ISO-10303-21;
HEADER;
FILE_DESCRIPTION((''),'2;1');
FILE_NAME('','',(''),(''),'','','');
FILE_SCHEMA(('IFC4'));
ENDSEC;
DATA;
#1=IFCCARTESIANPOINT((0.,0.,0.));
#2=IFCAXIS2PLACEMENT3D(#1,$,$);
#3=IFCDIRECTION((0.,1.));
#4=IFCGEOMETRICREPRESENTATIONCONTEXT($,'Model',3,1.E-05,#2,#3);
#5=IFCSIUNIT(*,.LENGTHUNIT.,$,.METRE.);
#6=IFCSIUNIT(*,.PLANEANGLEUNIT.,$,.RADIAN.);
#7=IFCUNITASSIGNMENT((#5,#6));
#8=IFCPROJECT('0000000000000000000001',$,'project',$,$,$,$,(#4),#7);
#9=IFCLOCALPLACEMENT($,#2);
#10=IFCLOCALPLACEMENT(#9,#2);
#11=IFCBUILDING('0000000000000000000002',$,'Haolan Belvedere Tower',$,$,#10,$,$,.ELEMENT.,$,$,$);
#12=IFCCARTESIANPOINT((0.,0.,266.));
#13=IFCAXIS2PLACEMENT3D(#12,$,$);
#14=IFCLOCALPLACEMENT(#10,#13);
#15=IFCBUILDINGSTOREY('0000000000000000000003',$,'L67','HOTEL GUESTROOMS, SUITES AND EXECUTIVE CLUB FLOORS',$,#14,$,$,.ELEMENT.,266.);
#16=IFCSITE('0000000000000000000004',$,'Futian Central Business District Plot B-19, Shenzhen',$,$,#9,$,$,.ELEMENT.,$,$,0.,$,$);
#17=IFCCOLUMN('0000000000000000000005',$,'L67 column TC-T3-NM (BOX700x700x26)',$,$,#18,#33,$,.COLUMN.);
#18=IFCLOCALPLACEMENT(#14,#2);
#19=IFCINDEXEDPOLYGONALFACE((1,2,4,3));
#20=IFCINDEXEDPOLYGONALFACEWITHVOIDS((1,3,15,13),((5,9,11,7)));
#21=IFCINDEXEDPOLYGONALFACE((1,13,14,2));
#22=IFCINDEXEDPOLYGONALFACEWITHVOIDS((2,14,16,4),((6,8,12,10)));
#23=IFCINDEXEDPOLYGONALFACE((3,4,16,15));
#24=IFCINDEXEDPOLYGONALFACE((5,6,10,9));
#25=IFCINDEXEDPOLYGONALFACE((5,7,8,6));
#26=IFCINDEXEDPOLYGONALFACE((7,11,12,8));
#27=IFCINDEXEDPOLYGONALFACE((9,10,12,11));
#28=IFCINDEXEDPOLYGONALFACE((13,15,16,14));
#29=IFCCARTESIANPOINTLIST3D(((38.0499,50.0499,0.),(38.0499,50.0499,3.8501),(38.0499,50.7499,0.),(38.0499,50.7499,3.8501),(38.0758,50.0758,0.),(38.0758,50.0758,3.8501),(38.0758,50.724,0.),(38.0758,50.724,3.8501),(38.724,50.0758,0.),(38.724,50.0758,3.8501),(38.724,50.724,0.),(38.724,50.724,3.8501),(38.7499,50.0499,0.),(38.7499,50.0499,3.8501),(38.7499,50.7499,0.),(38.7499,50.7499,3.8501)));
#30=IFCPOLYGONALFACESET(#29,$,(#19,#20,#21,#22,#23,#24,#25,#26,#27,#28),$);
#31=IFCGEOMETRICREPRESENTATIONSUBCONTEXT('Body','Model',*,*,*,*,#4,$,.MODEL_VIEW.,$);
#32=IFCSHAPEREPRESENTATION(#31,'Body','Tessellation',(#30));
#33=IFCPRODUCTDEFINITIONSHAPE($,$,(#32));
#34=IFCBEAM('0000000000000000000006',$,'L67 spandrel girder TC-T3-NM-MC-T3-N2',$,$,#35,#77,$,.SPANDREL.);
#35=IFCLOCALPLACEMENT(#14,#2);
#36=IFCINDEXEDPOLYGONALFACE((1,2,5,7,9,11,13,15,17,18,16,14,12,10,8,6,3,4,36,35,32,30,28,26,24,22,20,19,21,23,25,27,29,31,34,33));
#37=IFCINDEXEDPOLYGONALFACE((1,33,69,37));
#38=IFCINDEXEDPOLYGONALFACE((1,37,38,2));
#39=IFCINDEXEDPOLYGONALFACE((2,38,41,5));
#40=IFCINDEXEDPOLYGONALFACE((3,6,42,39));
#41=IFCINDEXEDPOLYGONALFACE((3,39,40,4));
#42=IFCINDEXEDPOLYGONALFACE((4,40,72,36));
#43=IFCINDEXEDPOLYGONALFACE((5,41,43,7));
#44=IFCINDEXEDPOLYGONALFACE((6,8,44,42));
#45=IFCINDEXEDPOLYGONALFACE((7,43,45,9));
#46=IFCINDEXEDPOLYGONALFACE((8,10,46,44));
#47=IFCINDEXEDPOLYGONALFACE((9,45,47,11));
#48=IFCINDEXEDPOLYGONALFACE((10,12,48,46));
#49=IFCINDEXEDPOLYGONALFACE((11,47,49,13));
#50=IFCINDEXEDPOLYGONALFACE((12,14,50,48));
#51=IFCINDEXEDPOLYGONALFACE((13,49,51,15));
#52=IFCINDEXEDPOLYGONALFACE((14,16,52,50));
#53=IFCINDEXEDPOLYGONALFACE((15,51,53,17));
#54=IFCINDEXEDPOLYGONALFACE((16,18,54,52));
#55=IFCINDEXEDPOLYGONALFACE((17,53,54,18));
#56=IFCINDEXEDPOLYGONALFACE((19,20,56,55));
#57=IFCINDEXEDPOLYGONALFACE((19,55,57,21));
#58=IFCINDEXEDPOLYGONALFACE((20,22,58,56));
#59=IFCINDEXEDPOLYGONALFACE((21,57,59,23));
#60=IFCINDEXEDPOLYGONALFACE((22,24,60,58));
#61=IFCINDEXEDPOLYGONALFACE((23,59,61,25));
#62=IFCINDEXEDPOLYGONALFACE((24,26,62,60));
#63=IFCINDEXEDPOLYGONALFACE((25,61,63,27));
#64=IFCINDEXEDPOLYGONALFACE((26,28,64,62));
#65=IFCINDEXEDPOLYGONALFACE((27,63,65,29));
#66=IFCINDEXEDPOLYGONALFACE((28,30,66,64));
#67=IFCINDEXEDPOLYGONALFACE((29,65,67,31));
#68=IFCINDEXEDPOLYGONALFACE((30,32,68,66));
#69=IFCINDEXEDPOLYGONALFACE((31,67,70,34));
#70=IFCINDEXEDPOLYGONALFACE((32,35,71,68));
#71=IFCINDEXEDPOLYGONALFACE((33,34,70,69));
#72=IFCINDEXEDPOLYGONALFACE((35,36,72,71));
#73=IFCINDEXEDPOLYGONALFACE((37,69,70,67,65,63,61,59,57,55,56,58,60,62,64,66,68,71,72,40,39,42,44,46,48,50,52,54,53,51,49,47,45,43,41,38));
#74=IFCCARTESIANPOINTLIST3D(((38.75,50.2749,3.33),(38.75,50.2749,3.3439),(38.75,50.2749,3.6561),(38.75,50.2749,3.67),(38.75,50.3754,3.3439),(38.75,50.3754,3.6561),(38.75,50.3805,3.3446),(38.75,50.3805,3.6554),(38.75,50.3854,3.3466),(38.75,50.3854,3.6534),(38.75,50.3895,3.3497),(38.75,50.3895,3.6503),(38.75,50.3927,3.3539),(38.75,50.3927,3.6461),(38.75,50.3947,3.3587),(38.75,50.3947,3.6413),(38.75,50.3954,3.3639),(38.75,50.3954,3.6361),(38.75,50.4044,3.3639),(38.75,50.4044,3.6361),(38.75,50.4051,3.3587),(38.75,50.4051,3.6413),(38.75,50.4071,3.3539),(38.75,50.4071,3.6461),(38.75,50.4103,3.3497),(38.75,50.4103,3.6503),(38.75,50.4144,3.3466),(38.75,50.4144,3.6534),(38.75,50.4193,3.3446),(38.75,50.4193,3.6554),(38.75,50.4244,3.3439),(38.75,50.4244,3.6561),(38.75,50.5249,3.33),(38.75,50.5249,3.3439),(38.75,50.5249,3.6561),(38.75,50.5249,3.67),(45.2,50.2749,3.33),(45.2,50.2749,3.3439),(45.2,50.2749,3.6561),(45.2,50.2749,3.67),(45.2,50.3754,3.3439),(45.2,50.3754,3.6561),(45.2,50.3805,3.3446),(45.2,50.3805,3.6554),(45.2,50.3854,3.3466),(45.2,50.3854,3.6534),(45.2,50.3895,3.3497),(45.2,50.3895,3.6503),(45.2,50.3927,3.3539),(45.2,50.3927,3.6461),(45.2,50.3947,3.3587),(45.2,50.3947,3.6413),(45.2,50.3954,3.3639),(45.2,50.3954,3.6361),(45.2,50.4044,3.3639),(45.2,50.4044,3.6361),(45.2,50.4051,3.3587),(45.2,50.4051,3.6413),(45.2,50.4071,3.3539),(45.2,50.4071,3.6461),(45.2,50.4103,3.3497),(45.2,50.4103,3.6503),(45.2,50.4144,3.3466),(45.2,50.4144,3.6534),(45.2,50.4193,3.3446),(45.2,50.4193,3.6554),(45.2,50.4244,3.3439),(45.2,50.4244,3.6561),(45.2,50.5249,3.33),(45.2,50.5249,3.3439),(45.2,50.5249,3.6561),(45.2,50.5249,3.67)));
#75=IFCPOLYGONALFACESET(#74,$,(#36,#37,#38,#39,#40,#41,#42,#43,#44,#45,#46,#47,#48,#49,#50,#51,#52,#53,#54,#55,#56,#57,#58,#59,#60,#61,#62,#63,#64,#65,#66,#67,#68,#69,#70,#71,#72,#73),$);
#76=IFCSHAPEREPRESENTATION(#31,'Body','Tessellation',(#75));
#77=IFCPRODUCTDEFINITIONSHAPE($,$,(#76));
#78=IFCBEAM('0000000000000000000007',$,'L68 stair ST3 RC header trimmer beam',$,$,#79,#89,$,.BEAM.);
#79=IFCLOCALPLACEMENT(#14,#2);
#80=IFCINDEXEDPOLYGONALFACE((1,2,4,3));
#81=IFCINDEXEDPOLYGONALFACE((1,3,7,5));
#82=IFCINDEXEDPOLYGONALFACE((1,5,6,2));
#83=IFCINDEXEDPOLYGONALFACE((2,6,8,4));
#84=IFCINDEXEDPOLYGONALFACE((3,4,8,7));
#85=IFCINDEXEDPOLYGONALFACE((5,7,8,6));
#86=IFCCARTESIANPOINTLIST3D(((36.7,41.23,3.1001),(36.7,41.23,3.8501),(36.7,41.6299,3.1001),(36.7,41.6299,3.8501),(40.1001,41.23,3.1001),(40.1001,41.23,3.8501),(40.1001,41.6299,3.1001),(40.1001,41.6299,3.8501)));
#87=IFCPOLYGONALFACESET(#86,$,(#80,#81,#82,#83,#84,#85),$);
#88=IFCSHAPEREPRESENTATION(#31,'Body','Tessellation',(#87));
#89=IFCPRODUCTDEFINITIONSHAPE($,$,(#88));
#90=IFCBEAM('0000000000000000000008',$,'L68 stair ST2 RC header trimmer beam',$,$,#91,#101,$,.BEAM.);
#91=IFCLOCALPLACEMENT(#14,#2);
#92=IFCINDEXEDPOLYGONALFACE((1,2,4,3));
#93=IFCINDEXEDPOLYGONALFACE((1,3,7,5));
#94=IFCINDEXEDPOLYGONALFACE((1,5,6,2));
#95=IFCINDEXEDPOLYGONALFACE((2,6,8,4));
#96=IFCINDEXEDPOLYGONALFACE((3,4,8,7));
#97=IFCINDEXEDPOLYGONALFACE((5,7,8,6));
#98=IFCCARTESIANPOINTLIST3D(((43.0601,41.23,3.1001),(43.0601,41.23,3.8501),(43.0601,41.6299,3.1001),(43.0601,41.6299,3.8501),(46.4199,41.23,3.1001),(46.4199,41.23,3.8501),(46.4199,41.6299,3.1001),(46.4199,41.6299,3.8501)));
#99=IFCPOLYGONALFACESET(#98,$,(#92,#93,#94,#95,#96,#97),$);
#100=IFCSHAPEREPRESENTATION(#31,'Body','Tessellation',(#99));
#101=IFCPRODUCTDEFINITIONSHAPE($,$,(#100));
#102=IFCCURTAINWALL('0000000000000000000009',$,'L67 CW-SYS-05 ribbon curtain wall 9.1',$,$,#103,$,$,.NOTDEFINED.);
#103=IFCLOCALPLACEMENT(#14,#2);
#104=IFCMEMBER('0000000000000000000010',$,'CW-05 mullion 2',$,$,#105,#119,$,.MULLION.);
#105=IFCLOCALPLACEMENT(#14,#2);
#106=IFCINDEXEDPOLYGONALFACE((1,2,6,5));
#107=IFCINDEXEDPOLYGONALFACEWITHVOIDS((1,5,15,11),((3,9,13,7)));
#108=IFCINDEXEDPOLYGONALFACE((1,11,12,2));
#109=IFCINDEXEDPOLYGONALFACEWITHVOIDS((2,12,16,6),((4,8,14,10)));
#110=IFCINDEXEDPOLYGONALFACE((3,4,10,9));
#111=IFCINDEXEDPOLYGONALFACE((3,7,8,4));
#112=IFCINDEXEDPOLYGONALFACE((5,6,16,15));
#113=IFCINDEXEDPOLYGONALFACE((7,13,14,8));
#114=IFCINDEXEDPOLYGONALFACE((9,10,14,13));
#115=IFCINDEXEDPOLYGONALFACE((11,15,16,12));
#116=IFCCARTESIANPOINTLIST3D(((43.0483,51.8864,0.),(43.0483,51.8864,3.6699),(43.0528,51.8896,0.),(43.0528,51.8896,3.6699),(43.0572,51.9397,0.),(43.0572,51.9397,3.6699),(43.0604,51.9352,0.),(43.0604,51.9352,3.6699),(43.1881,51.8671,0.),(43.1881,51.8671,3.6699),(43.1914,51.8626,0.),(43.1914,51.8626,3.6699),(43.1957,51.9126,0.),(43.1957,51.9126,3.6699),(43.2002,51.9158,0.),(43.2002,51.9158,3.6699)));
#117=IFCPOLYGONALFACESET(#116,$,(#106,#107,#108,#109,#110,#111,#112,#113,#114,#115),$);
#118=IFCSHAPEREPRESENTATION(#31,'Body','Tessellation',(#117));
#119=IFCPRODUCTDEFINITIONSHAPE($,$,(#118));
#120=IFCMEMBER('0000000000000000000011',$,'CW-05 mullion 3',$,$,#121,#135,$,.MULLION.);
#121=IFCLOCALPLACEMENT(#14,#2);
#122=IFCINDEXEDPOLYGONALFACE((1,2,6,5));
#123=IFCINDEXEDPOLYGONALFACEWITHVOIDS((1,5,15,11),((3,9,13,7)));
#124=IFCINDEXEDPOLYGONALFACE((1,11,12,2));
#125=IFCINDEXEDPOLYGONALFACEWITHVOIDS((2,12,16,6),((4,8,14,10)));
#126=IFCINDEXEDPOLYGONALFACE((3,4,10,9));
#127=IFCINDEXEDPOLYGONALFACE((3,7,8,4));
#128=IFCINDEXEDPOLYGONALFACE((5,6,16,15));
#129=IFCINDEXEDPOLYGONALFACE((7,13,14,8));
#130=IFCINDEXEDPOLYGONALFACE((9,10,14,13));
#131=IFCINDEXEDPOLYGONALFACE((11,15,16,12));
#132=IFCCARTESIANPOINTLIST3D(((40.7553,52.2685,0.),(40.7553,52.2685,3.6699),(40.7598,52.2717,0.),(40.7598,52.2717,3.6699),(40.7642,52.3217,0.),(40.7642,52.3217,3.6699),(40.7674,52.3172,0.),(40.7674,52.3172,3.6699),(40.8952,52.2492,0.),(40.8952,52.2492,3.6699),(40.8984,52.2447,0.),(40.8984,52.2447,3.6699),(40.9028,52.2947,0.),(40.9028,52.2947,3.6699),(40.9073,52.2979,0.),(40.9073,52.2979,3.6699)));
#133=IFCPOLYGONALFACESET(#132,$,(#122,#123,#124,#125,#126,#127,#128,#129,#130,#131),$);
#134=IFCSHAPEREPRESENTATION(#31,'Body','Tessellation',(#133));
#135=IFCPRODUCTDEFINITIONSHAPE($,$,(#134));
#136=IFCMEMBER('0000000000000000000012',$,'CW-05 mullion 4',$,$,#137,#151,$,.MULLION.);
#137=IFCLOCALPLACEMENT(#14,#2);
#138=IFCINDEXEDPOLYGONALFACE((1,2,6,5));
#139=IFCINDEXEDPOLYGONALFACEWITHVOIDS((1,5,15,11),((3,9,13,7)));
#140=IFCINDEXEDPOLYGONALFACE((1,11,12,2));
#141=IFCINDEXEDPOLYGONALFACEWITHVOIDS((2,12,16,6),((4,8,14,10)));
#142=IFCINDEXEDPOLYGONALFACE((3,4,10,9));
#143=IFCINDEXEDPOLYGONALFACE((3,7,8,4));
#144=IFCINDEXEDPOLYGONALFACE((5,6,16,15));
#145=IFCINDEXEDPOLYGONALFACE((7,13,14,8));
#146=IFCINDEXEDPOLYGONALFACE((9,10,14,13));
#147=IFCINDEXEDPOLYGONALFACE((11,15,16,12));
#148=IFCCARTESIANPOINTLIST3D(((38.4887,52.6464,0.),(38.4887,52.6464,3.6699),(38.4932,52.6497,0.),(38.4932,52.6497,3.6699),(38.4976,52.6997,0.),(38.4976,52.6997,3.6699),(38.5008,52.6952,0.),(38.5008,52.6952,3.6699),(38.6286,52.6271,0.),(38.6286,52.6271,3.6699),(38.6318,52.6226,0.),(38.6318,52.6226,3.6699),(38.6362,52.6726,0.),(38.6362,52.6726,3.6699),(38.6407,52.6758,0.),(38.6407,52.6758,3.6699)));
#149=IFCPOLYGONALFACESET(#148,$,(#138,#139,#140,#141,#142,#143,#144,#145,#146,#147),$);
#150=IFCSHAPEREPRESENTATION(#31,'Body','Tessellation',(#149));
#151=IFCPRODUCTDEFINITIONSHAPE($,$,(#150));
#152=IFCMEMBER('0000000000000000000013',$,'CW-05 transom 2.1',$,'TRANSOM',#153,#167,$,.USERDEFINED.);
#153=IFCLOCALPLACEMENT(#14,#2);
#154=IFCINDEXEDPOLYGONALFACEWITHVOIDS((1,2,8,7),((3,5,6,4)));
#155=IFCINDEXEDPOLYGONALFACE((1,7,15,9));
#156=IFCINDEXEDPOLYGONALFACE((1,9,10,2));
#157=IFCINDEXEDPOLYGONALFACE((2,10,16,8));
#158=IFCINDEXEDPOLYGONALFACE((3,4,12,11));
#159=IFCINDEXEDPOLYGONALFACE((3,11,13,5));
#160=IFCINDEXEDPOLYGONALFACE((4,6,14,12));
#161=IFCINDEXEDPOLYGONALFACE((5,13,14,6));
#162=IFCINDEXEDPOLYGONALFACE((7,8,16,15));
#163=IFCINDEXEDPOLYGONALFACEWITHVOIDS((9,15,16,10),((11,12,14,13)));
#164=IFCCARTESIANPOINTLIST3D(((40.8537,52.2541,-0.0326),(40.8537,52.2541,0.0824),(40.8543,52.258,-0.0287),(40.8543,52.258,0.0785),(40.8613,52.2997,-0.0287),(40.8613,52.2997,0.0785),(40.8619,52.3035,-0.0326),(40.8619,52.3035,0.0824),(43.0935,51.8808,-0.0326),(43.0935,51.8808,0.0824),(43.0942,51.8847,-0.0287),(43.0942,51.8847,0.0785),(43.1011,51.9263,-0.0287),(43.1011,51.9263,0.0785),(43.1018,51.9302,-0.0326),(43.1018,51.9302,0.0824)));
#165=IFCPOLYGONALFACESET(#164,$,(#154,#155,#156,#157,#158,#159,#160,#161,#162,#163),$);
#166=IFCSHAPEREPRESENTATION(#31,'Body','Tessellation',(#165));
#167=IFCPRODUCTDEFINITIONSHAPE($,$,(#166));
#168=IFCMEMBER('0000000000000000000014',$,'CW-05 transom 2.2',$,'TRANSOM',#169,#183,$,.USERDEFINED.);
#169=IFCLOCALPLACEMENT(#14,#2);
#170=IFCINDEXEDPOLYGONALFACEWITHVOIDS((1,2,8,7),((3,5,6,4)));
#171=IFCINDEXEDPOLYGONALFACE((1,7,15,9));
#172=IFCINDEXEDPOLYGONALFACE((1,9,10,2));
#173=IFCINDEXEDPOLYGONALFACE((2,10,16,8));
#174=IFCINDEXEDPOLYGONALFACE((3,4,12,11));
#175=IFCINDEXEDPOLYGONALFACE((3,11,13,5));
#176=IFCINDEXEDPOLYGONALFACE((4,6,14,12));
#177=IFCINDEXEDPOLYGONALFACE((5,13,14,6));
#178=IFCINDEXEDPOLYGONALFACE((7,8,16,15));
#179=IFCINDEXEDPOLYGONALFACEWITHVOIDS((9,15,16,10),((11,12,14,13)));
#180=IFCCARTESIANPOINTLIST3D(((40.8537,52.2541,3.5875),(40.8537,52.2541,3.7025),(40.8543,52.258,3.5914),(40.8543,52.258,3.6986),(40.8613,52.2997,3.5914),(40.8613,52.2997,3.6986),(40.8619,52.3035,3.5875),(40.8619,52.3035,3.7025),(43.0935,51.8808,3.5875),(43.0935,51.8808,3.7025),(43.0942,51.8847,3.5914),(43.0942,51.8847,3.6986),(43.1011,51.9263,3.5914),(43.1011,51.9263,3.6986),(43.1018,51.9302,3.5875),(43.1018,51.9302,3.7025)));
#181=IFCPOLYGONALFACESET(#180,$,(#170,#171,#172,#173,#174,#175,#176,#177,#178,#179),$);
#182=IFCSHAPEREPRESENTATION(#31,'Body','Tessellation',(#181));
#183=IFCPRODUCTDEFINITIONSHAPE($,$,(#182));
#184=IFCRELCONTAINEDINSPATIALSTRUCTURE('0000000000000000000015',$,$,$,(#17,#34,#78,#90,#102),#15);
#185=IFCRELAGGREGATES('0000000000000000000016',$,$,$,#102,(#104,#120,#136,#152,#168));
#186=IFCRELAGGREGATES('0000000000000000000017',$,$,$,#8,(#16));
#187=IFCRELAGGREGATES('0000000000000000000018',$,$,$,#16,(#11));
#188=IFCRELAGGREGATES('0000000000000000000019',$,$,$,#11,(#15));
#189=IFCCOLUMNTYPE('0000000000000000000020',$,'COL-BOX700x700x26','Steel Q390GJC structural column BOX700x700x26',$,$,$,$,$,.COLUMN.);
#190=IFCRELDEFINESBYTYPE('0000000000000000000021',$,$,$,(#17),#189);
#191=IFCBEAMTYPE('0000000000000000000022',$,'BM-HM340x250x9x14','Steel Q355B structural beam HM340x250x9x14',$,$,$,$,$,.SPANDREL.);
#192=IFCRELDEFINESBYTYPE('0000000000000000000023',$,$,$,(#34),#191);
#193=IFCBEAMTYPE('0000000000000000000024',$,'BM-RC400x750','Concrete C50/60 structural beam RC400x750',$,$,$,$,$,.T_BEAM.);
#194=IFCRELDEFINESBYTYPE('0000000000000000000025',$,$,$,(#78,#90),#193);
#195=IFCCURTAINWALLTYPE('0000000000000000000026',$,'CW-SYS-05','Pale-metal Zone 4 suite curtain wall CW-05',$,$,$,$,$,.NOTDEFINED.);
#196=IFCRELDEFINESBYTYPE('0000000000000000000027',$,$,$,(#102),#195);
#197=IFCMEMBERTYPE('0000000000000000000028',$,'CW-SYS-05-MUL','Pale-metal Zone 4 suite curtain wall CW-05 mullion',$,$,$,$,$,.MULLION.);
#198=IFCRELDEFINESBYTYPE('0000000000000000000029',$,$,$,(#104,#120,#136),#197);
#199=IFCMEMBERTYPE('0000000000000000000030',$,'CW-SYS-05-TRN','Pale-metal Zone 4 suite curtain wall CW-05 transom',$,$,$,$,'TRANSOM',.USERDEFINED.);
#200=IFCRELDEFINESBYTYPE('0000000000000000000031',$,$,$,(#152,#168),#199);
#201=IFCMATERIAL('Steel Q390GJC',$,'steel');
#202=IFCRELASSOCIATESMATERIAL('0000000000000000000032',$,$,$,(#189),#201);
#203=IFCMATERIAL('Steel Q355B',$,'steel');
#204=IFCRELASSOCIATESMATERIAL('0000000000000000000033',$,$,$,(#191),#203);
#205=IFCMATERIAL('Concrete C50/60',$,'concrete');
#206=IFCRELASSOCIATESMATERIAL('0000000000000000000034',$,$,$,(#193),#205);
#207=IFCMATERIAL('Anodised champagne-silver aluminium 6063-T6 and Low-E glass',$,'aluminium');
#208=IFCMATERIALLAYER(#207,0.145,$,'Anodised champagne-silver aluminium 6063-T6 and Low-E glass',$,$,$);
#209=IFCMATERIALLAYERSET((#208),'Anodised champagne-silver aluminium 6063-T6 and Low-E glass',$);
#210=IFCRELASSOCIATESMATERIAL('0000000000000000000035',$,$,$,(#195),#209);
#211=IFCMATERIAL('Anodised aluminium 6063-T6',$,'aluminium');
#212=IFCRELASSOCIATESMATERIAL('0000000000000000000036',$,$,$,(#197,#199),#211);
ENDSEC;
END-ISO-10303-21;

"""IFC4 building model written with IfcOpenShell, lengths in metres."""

from ifc_helpers import new_model, si_unit, direction, frame, origin, origin_2d, place, context, subcontext, project, spatial, rectangle, hollow_rectangle, i_section, extrude, material, layer, layer_set, material_profile, profile_set, type_object, element, aggregate, save


model = new_model("IFC4")

# Units and contexts
model_context = context("Model", 3, precision=1e-05, world=origin(), true_north=direction((0.0, 1.0)))
body_context = subcontext(model_context, "Body", "Model", "MODEL_VIEW")
ifc_project = project(units=[si_unit("LENGTHUNIT", "METRE"), si_unit("PLANEANGLEUNIT", "RADIAN")], contexts=[model_context])

# Site, building, storey
site_placement = place(None, origin())
site = spatial("IfcSite", under=ifc_project, at=site_placement, Name="Futian Central Business District Plot B-19, Shenzhen", CompositionType="ELEMENT", RefElevation=0.0)
building_placement = place(site_placement, origin())
building = spatial("IfcBuilding", under=site, at=building_placement, Name="Haolan Belvedere Tower", CompositionType="ELEMENT")
storey_placement = place(building_placement, frame((0.0, 0.0, 266.0)))
storey = spatial("IfcBuildingStorey", under=building, at=storey_placement, Name="L67", Description="HOTEL GUESTROOMS, SUITES AND EXECUTIVE CLUB FLOORS", CompositionType="ELEMENT", Elevation=266.0)

# Column
ifc_material_1 = material(Name="Steel Q390GJC", Category="steel")
ifc_material_profile_1 = material_profile(ifc_material_1, hollow_rectangle(XDim=0.7, YDim=0.7, WallThickness=0.0259, at=origin_2d()), Name="Steel Q390GJC")
ifc_profile_set_1 = profile_set([ifc_material_profile_1], Name="Steel Q390GJC")
column_type = type_object("IfcColumnType", Name="COL-BOX700x700x26", Description="Steel Q390GJC structural column BOX700x700x26", PredefinedType="COLUMN", material=ifc_profile_set_1)
column_placement = place(storey_placement, frame((38.3999, 50.3999, 0.0), z_axis=(0.0, 0.0, 1.0), x_axis=(1.0, 0.0, 0.0)))
element("IfcColumn", 1, at=column_placement, inside=storey, type_object=column_type, Name="L67 column TC-T3-NM (BOX700x700x26)", PredefinedType="COLUMN", context=body_context, shape_type="SweptSolid", body=[
    extrude(hollow_rectangle(XDim=0.7, YDim=0.7, WallThickness=0.0259, at=origin_2d()), origin(), (0.0, 0.0, 1.0), 3.8501),
])

# Beams
ifc_material_2 = material(Name="Steel Q355B", Category="steel")
ifc_material_profile_2 = material_profile(ifc_material_2, i_section(OverallWidth=0.25, OverallDepth=0.3401, WebThickness=0.009, FlangeThickness=0.0139, FilletRadius=0.02, at=origin_2d()), Name="Steel Q355B")
ifc_profile_set_2 = profile_set([ifc_material_profile_2], Name="Steel Q355B")
beam_type_1 = type_object("IfcBeamType", Name="BM-HM340x250x9x14", Description="Steel Q355B structural beam HM340x250x9x14", PredefinedType="SPANDREL", material=ifc_profile_set_2)
beam_1_placement = place(storey_placement, frame((38.75, 50.3999, 3.5), z_axis=(1.0, 0.0, 0.0), x_axis=(0.0, 1.0, 0.0)))
element("IfcBeam", 2, at=beam_1_placement, inside=storey, type_object=beam_type_1, Name="L67 spandrel girder TC-T3-NM-MC-T3-N2", PredefinedType="SPANDREL", context=body_context, shape_type="SweptSolid", body=[
    extrude(i_section(OverallWidth=0.25, OverallDepth=0.3401, WebThickness=0.009, FlangeThickness=0.0139, FilletRadius=0.02, at=origin_2d()), origin(), (0.0, 0.0, 1.0), 6.45),
])
ifc_material_3 = material(Name="Concrete C50/60", Category="concrete")
ifc_material_profile_3 = material_profile(ifc_material_3, rectangle(XDim=0.3999, YDim=0.75, at=origin_2d()), Name="Concrete C50/60")
ifc_profile_set_3 = profile_set([ifc_material_profile_3], Name="Concrete C50/60")
beam_type_2 = type_object("IfcBeamType", Name="BM-RC400x750", Description="Concrete C50/60 structural beam RC400x750", PredefinedType="T_BEAM", material=ifc_profile_set_3)
beam_2_placement = place(storey_placement, frame((36.7, 41.4299, 3.4751), z_axis=(1.0, 0.0, 0.0), x_axis=(0.0, 1.0, 0.0)))
element("IfcBeam", 3, at=beam_2_placement, inside=storey, type_object=beam_type_2, Name="L68 stair ST3 RC header trimmer beam", PredefinedType="BEAM", context=body_context, shape_type="SweptSolid", body=[
    extrude(rectangle(XDim=0.3999, YDim=0.75, at=origin_2d()), origin(), (0.0, 0.0, 1.0), 3.4001),
])
beam_3_placement = place(storey_placement, frame((43.0601, 41.4299, 3.4751), z_axis=(1.0, 0.0, 0.0), x_axis=(0.0, 1.0, 0.0)))
element("IfcBeam", 4, at=beam_3_placement, inside=storey, type_object=beam_type_2, Name="L68 stair ST2 RC header trimmer beam", PredefinedType="BEAM", context=body_context, shape_type="SweptSolid", body=[
    extrude(rectangle(XDim=0.3999, YDim=0.75, at=origin_2d()), origin(), (0.0, 0.0, 1.0), 3.3599),
])

# Curtain wall, members
ifc_material_4 = material(Name="Anodised champagne-silver aluminium 6063-T6 and Low-E glass", Category="aluminium")
ifc_layer_1 = layer(ifc_material_4, 0.145, Name="Anodised champagne-silver aluminium 6063-T6 and Low-E glass")
ifc_layer_set_1 = layer_set([ifc_layer_1], Name="Anodised champagne-silver aluminium 6063-T6 and Low-E glass")
curtain_wall_type = type_object("IfcCurtainWallType", Name="CW-SYS-05", Description="Pale-metal Zone 4 suite curtain wall CW-05", PredefinedType="NOTDEFINED", material=ifc_layer_set_1)
curtain_wall_placement = place(storey_placement, origin())
curtain_wall = element("IfcCurtainWall", 5, at=curtain_wall_placement, inside=storey, type_object=curtain_wall_type, Name="L67 CW-SYS-05 ribbon curtain wall 9.1", PredefinedType="NOTDEFINED")
ifc_material_5 = material(Name="Anodised aluminium 6063-T6", Category="aluminium")
ifc_material_profile_4 = material_profile(ifc_material_5, hollow_rectangle(XDim=0.054, YDim=0.145, WallThickness=0.0039, at=origin_2d()), Name="Anodised aluminium 6063-T6")
ifc_profile_set_4 = profile_set([ifc_material_profile_4], Name="Anodised aluminium 6063-T6")
member_type_1 = type_object("IfcMemberType", Name="CW-SYS-05-MUL", Description="Pale-metal Zone 4 suite curtain wall CW-05 mullion", PredefinedType="MULLION", material=ifc_profile_set_4)
member_1_placement = place(storey_placement, frame((43.1243, 51.9011, 0.0), z_axis=(0.0, 0.0, 1.0), x_axis=(-0.164406, -0.986393, 0.0)))
member_1 = element("IfcMember", 6, at=member_1_placement, type_object=member_type_1, Name="CW-05 mullion 2", PredefinedType="MULLION", context=body_context, shape_type="SweptSolid", body=[
    extrude(hollow_rectangle(XDim=0.054, YDim=0.145, WallThickness=0.0039, at=origin_2d()), origin(), (0.0, 0.0, 1.0), 3.6699),
])
member_2_placement = place(storey_placement, frame((40.8313, 52.2832, 0.0), z_axis=(0.0, 0.0, 1.0), x_axis=(-0.164406, -0.986393, 0.0)))
member_2 = element("IfcMember", 7, at=member_2_placement, type_object=member_type_1, Name="CW-05 mullion 3", PredefinedType="MULLION", context=body_context, shape_type="SweptSolid", body=[
    extrude(hollow_rectangle(XDim=0.054, YDim=0.145, WallThickness=0.0039, at=origin_2d()), origin(), (0.0, 0.0, 1.0), 3.6699),
])
member_3_placement = place(storey_placement, frame((38.5647, 52.6611, 0.0), z_axis=(0.0, 0.0, 1.0), x_axis=(-0.164406, -0.986393, 0.0)))
member_3 = element("IfcMember", 8, at=member_3_placement, type_object=member_type_1, Name="CW-05 mullion 4", PredefinedType="MULLION", context=body_context, shape_type="SweptSolid", body=[
    extrude(hollow_rectangle(XDim=0.054, YDim=0.145, WallThickness=0.0039, at=origin_2d()), origin(), (0.0, 0.0, 1.0), 3.6699),
])
ifc_material_profile_5 = material_profile(ifc_material_5, hollow_rectangle(XDim=0.05, YDim=0.115, WallThickness=0.0039, at=origin_2d()), Name="Anodised aluminium 6063-T6")
ifc_profile_set_5 = profile_set([ifc_material_profile_5], Name="Anodised aluminium 6063-T6")
member_type_2 = type_object("IfcMemberType", Name="CW-SYS-05-TRN", Description="Pale-metal Zone 4 suite curtain wall CW-05 transom", ElementType="TRANSOM", PredefinedType="USERDEFINED", material=ifc_profile_set_5)
member_4_placement = place(storey_placement, frame((43.0977, 51.9055, 0.0249), z_axis=(-0.986394, 0.164399, 0.0), x_axis=(-0.164399, -0.986394, 0.0)))
member_4 = element("IfcMember", 9, at=member_4_placement, type_object=member_type_2, Name="CW-05 transom 2.1", ObjectType="TRANSOM", PredefinedType="USERDEFINED", context=body_context, shape_type="SweptSolid", body=[
    extrude(hollow_rectangle(XDim=0.05, YDim=0.115, WallThickness=0.0039, at=origin_2d()), origin(), (0.0, 0.0, 1.0), 2.2708),
])
member_5_placement = place(storey_placement, frame((43.0977, 51.9055, 3.645), z_axis=(-0.986394, 0.164399, 0.0), x_axis=(-0.164399, -0.986394, 0.0)))
member_5 = element("IfcMember", 10, at=member_5_placement, type_object=member_type_2, Name="CW-05 transom 2.2", ObjectType="TRANSOM", PredefinedType="USERDEFINED", context=body_context, shape_type="SweptSolid", body=[
    extrude(hollow_rectangle(XDim=0.05, YDim=0.115, WallThickness=0.0039, at=origin_2d()), origin(), (0.0, 0.0, 1.0), 2.2708),
])
aggregate(curtain_wall, [member_1, member_2, member_3, member_4, member_5])

save(model, "model.ifc")
